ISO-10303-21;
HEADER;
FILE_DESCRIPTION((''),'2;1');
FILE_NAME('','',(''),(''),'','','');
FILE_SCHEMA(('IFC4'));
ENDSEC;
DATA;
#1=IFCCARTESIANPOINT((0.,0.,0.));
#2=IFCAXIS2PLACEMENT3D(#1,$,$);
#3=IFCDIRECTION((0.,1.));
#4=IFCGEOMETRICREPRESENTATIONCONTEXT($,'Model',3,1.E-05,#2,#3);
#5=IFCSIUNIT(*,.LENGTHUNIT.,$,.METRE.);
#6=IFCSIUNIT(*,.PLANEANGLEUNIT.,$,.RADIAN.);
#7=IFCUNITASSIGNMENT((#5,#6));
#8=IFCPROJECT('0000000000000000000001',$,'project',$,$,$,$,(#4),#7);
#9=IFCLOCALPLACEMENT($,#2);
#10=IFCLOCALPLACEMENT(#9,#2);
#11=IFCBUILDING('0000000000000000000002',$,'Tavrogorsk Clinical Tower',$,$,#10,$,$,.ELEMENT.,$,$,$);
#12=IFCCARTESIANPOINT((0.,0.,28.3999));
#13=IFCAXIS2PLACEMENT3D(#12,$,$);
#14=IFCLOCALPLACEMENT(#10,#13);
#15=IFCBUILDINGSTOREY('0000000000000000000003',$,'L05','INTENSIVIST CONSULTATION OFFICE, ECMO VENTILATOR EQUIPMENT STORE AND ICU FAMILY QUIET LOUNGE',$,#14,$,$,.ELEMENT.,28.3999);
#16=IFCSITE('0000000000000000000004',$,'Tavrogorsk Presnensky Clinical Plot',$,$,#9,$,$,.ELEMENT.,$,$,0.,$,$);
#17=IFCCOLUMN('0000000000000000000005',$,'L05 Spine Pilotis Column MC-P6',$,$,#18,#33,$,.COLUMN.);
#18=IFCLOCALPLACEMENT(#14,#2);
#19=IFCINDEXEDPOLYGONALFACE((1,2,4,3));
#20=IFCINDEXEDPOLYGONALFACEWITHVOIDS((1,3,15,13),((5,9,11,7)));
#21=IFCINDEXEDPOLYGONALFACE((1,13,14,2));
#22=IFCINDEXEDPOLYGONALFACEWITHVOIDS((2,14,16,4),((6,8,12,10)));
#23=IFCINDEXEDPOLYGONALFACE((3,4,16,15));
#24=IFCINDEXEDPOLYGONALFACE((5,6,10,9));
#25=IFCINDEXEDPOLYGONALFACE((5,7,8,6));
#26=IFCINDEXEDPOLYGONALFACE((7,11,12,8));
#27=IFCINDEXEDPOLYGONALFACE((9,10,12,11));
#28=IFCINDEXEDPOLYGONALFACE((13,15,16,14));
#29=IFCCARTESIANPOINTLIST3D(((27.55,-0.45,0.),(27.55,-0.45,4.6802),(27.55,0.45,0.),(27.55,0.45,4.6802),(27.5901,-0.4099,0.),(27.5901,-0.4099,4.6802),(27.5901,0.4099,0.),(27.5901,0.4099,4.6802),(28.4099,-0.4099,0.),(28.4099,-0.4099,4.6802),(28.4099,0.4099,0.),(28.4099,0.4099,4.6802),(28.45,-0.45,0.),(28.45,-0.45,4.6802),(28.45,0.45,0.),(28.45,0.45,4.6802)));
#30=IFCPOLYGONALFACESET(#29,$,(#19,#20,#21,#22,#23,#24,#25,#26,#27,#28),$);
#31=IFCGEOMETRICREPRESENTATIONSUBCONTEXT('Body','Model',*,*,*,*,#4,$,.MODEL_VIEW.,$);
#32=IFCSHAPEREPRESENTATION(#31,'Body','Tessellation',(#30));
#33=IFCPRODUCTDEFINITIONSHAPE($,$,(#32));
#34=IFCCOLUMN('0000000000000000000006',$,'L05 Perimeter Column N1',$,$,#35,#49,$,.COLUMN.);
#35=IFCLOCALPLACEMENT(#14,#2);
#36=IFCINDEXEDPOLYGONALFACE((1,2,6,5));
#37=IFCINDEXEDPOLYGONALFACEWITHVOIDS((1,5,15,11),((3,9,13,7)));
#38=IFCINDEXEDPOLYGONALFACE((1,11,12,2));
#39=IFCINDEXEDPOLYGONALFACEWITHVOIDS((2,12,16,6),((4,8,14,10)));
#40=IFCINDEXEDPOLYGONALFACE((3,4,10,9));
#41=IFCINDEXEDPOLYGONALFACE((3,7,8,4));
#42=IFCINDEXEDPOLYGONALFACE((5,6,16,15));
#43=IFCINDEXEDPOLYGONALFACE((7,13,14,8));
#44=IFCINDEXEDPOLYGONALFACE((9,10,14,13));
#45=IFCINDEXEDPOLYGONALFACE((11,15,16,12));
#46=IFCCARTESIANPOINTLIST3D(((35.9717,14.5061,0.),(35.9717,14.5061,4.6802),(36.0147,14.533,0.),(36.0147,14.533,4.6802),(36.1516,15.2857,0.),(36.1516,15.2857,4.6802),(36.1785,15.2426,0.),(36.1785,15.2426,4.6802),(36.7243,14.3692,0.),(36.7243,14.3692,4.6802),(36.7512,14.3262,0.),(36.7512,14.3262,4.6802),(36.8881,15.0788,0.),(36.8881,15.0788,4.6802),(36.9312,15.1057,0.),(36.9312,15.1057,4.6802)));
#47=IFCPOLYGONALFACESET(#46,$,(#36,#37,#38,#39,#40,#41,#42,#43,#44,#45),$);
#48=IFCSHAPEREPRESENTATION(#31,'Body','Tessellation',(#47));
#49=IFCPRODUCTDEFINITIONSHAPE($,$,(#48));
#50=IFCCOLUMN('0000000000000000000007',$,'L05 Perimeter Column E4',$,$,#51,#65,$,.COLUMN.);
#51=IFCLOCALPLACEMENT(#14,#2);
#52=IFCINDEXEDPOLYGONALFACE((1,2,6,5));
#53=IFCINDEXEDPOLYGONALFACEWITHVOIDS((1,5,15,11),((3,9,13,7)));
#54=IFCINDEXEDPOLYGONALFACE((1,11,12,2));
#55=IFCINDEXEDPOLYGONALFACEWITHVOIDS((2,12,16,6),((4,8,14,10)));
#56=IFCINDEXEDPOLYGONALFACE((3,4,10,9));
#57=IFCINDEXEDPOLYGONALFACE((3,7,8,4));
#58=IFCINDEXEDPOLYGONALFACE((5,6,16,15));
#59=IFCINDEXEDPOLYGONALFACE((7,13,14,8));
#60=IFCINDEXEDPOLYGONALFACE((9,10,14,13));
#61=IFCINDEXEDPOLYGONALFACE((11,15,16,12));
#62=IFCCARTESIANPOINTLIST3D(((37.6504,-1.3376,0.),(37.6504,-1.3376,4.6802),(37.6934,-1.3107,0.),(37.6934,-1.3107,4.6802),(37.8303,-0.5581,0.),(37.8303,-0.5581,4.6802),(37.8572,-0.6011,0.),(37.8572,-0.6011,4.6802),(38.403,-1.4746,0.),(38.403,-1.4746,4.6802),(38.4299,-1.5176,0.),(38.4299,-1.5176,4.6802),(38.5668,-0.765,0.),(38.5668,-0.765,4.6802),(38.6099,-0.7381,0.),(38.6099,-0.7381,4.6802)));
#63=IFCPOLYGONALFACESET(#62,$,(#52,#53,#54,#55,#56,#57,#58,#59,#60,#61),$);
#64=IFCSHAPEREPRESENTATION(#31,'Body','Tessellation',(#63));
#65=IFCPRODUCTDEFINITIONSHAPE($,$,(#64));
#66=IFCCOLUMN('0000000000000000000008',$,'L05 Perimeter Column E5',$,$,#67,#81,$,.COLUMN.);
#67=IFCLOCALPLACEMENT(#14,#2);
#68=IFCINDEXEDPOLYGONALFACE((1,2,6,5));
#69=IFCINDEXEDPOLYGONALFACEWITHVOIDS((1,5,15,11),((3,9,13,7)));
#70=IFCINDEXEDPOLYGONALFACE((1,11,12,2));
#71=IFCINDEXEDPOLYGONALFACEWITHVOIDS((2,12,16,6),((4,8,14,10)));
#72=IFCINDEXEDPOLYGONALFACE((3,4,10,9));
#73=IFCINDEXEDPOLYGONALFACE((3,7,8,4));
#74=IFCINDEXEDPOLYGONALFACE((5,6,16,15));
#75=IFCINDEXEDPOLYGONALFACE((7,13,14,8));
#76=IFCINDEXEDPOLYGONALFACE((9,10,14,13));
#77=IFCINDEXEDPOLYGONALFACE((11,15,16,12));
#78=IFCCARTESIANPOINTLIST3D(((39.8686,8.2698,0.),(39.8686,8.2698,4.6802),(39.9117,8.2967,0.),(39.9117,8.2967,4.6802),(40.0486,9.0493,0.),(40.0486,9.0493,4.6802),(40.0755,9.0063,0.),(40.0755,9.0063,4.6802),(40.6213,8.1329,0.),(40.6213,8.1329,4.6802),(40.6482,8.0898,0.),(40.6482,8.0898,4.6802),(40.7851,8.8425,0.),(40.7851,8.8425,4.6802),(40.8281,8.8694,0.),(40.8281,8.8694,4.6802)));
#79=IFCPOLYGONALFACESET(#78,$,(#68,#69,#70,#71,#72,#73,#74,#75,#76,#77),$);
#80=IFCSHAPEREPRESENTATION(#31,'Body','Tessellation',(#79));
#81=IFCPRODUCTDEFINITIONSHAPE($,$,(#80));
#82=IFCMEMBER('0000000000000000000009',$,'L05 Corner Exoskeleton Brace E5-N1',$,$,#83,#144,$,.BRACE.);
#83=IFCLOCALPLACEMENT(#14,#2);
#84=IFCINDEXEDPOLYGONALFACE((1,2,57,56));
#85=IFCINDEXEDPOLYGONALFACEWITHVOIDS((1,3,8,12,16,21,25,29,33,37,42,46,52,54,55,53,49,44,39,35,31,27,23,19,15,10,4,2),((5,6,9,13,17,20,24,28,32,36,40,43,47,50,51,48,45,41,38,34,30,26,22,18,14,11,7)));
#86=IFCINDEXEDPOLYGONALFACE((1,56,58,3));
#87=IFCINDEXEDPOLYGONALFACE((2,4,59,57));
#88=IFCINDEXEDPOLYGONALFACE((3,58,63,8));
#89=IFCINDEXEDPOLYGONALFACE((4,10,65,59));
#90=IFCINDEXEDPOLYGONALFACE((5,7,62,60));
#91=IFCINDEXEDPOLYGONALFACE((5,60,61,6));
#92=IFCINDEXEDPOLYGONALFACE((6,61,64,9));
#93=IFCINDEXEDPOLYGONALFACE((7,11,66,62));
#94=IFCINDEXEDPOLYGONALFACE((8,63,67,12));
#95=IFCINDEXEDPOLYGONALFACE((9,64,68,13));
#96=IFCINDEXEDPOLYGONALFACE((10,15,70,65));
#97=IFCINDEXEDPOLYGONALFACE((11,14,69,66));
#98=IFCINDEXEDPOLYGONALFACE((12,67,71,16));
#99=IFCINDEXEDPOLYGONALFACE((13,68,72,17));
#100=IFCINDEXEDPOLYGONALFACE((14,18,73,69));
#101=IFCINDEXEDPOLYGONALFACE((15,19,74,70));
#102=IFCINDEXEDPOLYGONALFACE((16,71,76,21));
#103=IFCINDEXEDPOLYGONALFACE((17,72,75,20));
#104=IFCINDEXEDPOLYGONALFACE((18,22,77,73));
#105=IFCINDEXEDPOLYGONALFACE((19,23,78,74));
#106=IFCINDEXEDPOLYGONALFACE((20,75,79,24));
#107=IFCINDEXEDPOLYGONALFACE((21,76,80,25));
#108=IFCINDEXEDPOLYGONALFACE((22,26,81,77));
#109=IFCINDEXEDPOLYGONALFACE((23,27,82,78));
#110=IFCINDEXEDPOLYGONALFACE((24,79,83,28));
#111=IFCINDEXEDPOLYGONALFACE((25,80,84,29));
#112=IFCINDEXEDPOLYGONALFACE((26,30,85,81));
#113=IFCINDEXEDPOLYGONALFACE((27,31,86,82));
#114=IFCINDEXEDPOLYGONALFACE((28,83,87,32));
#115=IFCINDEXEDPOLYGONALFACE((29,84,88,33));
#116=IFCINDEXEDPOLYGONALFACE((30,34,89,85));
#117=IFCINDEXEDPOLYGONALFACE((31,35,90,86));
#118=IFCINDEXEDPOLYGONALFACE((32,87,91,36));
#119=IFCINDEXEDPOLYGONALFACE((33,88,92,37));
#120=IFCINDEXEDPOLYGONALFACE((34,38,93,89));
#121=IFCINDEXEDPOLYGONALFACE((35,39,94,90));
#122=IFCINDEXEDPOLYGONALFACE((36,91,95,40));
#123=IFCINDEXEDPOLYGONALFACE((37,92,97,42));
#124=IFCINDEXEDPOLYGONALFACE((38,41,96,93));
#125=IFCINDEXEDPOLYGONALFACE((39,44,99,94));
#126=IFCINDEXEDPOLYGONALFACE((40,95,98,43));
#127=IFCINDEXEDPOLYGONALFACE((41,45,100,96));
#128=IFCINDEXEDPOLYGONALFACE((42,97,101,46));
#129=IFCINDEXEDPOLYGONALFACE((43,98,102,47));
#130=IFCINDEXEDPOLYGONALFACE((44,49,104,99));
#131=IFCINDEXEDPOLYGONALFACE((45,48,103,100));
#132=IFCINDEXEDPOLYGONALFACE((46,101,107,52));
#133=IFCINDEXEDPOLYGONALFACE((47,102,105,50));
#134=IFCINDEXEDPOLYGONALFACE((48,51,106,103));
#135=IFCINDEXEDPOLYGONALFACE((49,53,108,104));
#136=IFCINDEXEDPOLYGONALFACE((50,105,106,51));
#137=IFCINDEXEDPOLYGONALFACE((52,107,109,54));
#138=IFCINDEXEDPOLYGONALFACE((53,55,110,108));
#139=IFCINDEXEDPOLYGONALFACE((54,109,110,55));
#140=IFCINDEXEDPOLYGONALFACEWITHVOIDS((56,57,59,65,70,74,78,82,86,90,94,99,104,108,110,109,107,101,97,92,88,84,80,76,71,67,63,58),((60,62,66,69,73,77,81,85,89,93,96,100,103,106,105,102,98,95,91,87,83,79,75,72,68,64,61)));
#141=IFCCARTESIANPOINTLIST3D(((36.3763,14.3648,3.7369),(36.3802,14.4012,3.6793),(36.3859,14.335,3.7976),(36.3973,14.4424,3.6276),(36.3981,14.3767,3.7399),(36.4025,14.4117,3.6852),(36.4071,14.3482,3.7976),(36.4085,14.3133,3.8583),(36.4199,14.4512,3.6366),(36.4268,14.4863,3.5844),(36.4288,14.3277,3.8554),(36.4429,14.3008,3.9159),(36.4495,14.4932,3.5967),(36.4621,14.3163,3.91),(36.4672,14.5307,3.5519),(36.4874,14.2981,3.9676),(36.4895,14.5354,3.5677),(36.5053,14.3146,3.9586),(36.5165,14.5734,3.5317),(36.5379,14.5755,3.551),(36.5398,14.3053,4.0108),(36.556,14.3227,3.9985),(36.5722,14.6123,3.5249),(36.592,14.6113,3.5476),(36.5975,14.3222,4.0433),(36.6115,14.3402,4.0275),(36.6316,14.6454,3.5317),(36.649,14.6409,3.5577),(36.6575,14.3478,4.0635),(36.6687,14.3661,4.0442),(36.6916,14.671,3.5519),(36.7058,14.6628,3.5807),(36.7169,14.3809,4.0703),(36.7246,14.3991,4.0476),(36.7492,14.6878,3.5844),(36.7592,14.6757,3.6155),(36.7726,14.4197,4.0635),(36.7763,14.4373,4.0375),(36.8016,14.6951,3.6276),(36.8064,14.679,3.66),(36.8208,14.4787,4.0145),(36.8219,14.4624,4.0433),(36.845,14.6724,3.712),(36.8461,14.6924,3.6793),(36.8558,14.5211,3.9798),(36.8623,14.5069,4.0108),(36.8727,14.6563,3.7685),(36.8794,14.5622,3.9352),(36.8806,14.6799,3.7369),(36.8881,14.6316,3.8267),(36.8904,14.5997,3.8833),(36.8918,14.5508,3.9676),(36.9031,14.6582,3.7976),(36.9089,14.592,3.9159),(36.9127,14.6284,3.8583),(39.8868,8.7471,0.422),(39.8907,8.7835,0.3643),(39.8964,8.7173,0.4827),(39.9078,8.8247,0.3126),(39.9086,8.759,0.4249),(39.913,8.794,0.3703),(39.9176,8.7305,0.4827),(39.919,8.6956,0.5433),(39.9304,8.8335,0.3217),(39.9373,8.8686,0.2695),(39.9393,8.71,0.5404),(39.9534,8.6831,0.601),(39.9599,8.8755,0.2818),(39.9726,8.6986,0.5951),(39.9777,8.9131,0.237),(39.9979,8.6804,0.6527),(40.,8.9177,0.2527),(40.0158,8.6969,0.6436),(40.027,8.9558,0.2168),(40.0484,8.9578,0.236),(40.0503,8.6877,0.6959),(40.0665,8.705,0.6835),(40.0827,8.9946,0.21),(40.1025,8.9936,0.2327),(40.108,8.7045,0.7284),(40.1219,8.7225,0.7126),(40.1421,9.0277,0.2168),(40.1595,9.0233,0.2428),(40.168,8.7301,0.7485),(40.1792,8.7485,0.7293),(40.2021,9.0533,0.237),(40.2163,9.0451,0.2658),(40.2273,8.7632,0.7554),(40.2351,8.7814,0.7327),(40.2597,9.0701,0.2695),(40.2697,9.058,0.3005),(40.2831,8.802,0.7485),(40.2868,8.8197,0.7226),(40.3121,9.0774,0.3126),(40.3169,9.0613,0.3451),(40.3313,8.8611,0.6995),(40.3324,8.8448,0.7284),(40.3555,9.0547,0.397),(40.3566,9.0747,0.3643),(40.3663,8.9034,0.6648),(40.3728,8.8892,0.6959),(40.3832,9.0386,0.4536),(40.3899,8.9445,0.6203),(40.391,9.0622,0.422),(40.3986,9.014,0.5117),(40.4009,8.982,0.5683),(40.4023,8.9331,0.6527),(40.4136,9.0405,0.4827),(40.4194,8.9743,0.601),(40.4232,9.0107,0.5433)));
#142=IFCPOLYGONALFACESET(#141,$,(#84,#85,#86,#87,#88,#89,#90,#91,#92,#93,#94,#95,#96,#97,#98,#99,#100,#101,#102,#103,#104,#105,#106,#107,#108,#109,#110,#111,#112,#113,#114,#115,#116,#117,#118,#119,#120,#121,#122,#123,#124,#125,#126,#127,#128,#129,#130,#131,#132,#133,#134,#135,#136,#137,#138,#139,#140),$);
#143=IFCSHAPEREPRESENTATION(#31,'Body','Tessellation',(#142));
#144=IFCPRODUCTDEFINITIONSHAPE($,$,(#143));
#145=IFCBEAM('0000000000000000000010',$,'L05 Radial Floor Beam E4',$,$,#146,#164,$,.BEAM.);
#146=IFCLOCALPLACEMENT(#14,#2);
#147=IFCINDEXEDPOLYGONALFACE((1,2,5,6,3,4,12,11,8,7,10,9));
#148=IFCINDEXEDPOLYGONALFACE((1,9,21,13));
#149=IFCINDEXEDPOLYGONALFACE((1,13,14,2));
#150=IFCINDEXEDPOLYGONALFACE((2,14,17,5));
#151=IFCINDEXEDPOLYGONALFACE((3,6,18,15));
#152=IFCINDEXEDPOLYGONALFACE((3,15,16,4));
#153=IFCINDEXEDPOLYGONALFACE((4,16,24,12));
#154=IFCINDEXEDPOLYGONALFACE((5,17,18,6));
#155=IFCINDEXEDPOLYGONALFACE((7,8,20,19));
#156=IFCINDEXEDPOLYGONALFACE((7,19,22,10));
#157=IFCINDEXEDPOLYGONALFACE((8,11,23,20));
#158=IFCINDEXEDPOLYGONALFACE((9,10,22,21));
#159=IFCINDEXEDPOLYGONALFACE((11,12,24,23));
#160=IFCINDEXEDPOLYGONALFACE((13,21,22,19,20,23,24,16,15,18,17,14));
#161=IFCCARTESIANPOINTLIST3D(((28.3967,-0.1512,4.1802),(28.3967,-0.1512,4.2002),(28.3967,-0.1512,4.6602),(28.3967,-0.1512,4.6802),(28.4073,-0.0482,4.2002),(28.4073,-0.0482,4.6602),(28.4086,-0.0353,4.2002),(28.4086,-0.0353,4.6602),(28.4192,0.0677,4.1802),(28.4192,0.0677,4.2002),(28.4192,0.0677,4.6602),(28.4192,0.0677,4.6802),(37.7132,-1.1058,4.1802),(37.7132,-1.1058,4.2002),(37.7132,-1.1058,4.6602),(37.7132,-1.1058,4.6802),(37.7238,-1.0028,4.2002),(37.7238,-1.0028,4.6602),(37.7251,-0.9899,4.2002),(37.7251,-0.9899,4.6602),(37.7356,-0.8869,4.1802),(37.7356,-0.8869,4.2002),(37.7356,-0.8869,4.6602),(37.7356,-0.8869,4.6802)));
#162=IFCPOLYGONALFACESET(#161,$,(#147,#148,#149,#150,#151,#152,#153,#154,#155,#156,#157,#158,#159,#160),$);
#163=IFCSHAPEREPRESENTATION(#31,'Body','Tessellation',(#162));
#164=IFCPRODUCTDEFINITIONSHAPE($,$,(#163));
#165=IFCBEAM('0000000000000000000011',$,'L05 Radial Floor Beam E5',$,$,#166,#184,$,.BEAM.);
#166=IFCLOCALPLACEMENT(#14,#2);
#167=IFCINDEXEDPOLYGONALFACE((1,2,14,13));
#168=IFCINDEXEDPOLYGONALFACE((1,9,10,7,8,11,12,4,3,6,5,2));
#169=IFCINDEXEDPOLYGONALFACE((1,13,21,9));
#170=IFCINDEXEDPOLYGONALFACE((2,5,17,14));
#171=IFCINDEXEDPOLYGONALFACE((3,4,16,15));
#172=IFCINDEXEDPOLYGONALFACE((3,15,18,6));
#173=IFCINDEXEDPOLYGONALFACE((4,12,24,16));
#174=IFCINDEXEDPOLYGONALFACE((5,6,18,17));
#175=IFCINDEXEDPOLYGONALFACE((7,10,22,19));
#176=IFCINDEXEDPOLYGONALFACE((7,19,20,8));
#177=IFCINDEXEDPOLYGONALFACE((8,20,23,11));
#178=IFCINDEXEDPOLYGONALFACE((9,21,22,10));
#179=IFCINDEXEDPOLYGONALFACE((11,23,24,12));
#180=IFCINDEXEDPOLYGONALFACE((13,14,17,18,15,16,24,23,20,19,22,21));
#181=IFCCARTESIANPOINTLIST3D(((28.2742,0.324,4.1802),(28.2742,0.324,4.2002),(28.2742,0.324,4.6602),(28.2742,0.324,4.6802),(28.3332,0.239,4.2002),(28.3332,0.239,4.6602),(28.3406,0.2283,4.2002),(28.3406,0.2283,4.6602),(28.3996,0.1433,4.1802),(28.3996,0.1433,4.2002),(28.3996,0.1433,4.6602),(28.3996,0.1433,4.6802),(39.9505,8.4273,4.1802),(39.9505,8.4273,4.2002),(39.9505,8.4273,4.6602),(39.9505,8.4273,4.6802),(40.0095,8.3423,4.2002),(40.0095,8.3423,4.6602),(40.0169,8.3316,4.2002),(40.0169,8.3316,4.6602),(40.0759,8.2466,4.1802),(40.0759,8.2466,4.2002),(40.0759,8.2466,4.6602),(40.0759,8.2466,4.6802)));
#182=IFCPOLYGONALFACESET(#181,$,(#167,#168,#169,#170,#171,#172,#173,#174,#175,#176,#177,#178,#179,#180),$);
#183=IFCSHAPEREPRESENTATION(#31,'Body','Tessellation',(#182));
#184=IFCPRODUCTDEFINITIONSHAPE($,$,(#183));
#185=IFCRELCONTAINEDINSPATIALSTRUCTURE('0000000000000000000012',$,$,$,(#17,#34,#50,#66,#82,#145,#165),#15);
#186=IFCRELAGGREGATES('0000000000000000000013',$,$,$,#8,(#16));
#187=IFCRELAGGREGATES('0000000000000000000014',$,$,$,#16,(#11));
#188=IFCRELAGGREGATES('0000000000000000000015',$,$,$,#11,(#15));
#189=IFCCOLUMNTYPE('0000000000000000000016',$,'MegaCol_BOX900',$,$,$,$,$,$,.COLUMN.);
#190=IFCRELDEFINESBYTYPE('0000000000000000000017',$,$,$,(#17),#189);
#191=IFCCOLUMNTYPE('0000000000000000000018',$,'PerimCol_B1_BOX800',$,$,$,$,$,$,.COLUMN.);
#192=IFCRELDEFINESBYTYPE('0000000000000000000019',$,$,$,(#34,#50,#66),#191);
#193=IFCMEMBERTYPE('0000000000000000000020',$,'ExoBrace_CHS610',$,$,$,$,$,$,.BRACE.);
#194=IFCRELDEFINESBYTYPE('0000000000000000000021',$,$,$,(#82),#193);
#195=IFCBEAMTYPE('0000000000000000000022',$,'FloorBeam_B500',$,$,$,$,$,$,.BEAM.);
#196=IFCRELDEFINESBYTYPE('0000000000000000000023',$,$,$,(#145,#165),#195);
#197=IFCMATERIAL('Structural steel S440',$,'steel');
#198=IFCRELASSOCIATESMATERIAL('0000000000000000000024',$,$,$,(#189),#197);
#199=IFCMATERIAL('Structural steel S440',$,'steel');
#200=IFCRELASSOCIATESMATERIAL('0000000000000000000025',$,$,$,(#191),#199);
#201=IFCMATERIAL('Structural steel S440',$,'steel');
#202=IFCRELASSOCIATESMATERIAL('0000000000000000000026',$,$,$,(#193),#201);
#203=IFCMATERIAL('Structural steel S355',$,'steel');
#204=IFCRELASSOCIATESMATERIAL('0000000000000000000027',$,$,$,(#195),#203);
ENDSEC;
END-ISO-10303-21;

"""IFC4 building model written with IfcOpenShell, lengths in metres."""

from ifc_helpers import new_model, si_unit, direction, frame, origin, origin_2d, place, context, subcontext, project, spatial, hollow_rectangle, hollow_circle, i_section, extrude, material, material_profile, profile_set, type_object, element, save


model = new_model("IFC4")

# Units and contexts
model_context = context("Model", 3, precision=1e-05, world=origin(), true_north=direction((0.0, 1.0)))
body_context = subcontext(model_context, "Body", "Model", "MODEL_VIEW")
ifc_project = project(units=[si_unit("LENGTHUNIT", "METRE"), si_unit("PLANEANGLEUNIT", "RADIAN")], contexts=[model_context])

# Site, building, storey
site_placement = place(None, origin())
site = spatial("IfcSite", under=ifc_project, at=site_placement, Name="Tavrogorsk Presnensky Clinical Plot", CompositionType="ELEMENT", RefElevation=0.0)
building_placement = place(site_placement, origin())
building = spatial("IfcBuilding", under=site, at=building_placement, Name="Tavrogorsk Clinical Tower", CompositionType="ELEMENT")
storey_placement = place(building_placement, frame((0.0, 0.0, 28.3999)))
storey = spatial("IfcBuildingStorey", under=building, at=storey_placement, Name="L05", Description="INTENSIVIST CONSULTATION OFFICE, ECMO VENTILATOR EQUIPMENT STORE AND ICU FAMILY QUIET LOUNGE", CompositionType="ELEMENT", Elevation=28.3999)

# Columns
ifc_material_1 = material(Name="Structural steel S440", Category="steel")
ifc_material_profile_1 = material_profile(ifc_material_1, hollow_rectangle(XDim=0.8999, YDim=0.8999, WallThickness=0.04, at=origin_2d()), Name="BOX-900x900x40")
ifc_profile_set_1 = profile_set([ifc_material_profile_1], Name="Structural steel S440")
column_type_1 = type_object("IfcColumnType", Name="MegaCol_BOX900", PredefinedType="COLUMN", material=ifc_profile_set_1)
column_placement = place(storey_placement, frame((28.0, 0.0, 0.0), z_axis=(0.0, 0.0, 1.0), x_axis=(1.0, 0.0, 0.0)))
element("IfcColumn", 1, at=column_placement, inside=storey, type_object=column_type_1, Name="L05 Spine Pilotis Column MC-P6", PredefinedType="COLUMN", context=body_context, shape_type="SweptSolid", body=[
    extrude(hollow_rectangle(XDim=0.8999, YDim=0.8999, WallThickness=0.04, at=origin_2d()), origin(), (0.0, 0.0, 1.0), 4.6802),
])
ifc_material_2 = material(Name="Structural steel S440", Category="steel")
ifc_material_profile_2 = material_profile(ifc_material_2, hollow_rectangle(XDim=0.8, YDim=0.8, WallThickness=0.0359, at=origin_2d()), Name="BOX-800x800x36")
ifc_profile_set_2 = profile_set([ifc_material_profile_2], Name="Structural steel S440")
column_type_2 = type_object("IfcColumnType", Name="PerimCol_B1_BOX800", PredefinedType="COLUMN", material=ifc_profile_set_2)
for number, where, z_axis, x_axis, name in (
    (2, (36.4514, 14.8059, 0.0), (0.0, 0.0, 1.0), (0.97437, -0.224951, 0.0), "L05 Perimeter Column N1"),
    (3, (38.1301, -1.0378, 0.0), (0.0, 0.0, 1.0), (0.97437, -0.224951, 0.0), "L05 Perimeter Column E4"),
    (4, (40.3484, 8.5696, 0.0), (0.0, 0.0, 1.0), (0.97437, -0.224951, 0.0), "L05 Perimeter Column E5"),
):
    element("IfcColumn", number, at=place(storey_placement, frame(where, z_axis=z_axis, x_axis=x_axis)), inside=storey, type_object=column_type_2, Name=name, PredefinedType="COLUMN", context=body_context, shape_type="SweptSolid", body=[
        extrude(hollow_rectangle(XDim=0.8, YDim=0.8, WallThickness=0.0359, at=origin_2d()), origin(), (0.0, 0.0, 1.0), 4.6802),
    ])

# Member
ifc_material_3 = material(Name="Structural steel S440", Category="steel")
ifc_material_profile_3 = material_profile(ifc_material_3, hollow_circle(Radius=0.3049, WallThickness=0.0249, at=origin_2d()), Name="CHS-610x25")
ifc_profile_set_3 = profile_set([ifc_material_profile_3], Name="Structural steel S440")
member_type_1 = type_object("IfcMemberType", Name="ExoBrace_CHS610", PredefinedType="BRACE", material=ifc_profile_set_3)
member_placement = place(storey_placement, frame((40.155, 8.8789, 0.4827), z_axis=(-0.473913, 0.758379, 0.447513), x_axis=(-0.848036, -0.529939, 0.0)))
element("IfcMember", 5, at=member_placement, inside=storey, type_object=member_type_1, Name="L05 Corner Exoskeleton Brace E5-N1", PredefinedType="BRACE", context=body_context, shape_type="SweptSolid", body=[
    extrude(hollow_circle(Radius=0.3049, WallThickness=0.0249, at=origin_2d()), origin(), (0.0, 0.0, 1.0), 7.4075),
])

# Beams
ifc_material_4 = material(Name="Structural steel S355", Category="steel")
ifc_material_profile_4 = material_profile(ifc_material_4, i_section(OverallWidth=0.22, OverallDepth=0.5, WebThickness=0.0129, FlangeThickness=0.02, at=origin_2d()), Name="B-500x220x13x20")
ifc_profile_set_4 = profile_set([ifc_material_profile_4], Name="Structural steel S355")
beam_type_1 = type_object("IfcBeamType", Name="FloorBeam_B500", PredefinedType="BEAM", material=ifc_profile_set_4)
beam_1_placement = place(storey_placement, frame((28.408, -0.0417, 4.4302), z_axis=(0.994792, -0.10193, 0.0), x_axis=(0.10193, 0.994792, 0.0)))
element("IfcBeam", 6, at=beam_1_placement, inside=storey, type_object=beam_type_1, Name="L05 Radial Floor Beam E4", PredefinedType="BEAM", context=body_context, shape_type="SweptSolid", body=[
    extrude(i_section(OverallWidth=0.22, OverallDepth=0.5, WebThickness=0.0129, FlangeThickness=0.02, at=origin_2d()), origin(), (0.0, 0.0, 1.0), 9.3652),
])
beam_2_placement = place(storey_placement, frame((28.3369, 0.2336, 4.4302), z_axis=(0.821543, 0.570147, 0.0), x_axis=(-0.570147, 0.821543, 0.0)))
element("IfcBeam", 7, at=beam_2_placement, inside=storey, type_object=beam_type_1, Name="L05 Radial Floor Beam E5", PredefinedType="BEAM", context=body_context, shape_type="SweptSolid", body=[
    extrude(i_section(OverallWidth=0.22, OverallDepth=0.5, WebThickness=0.0129, FlangeThickness=0.02, at=origin_2d()), origin(), (0.0, 0.0, 1.0), 14.2126),
])

save(model, "model.ifc")
